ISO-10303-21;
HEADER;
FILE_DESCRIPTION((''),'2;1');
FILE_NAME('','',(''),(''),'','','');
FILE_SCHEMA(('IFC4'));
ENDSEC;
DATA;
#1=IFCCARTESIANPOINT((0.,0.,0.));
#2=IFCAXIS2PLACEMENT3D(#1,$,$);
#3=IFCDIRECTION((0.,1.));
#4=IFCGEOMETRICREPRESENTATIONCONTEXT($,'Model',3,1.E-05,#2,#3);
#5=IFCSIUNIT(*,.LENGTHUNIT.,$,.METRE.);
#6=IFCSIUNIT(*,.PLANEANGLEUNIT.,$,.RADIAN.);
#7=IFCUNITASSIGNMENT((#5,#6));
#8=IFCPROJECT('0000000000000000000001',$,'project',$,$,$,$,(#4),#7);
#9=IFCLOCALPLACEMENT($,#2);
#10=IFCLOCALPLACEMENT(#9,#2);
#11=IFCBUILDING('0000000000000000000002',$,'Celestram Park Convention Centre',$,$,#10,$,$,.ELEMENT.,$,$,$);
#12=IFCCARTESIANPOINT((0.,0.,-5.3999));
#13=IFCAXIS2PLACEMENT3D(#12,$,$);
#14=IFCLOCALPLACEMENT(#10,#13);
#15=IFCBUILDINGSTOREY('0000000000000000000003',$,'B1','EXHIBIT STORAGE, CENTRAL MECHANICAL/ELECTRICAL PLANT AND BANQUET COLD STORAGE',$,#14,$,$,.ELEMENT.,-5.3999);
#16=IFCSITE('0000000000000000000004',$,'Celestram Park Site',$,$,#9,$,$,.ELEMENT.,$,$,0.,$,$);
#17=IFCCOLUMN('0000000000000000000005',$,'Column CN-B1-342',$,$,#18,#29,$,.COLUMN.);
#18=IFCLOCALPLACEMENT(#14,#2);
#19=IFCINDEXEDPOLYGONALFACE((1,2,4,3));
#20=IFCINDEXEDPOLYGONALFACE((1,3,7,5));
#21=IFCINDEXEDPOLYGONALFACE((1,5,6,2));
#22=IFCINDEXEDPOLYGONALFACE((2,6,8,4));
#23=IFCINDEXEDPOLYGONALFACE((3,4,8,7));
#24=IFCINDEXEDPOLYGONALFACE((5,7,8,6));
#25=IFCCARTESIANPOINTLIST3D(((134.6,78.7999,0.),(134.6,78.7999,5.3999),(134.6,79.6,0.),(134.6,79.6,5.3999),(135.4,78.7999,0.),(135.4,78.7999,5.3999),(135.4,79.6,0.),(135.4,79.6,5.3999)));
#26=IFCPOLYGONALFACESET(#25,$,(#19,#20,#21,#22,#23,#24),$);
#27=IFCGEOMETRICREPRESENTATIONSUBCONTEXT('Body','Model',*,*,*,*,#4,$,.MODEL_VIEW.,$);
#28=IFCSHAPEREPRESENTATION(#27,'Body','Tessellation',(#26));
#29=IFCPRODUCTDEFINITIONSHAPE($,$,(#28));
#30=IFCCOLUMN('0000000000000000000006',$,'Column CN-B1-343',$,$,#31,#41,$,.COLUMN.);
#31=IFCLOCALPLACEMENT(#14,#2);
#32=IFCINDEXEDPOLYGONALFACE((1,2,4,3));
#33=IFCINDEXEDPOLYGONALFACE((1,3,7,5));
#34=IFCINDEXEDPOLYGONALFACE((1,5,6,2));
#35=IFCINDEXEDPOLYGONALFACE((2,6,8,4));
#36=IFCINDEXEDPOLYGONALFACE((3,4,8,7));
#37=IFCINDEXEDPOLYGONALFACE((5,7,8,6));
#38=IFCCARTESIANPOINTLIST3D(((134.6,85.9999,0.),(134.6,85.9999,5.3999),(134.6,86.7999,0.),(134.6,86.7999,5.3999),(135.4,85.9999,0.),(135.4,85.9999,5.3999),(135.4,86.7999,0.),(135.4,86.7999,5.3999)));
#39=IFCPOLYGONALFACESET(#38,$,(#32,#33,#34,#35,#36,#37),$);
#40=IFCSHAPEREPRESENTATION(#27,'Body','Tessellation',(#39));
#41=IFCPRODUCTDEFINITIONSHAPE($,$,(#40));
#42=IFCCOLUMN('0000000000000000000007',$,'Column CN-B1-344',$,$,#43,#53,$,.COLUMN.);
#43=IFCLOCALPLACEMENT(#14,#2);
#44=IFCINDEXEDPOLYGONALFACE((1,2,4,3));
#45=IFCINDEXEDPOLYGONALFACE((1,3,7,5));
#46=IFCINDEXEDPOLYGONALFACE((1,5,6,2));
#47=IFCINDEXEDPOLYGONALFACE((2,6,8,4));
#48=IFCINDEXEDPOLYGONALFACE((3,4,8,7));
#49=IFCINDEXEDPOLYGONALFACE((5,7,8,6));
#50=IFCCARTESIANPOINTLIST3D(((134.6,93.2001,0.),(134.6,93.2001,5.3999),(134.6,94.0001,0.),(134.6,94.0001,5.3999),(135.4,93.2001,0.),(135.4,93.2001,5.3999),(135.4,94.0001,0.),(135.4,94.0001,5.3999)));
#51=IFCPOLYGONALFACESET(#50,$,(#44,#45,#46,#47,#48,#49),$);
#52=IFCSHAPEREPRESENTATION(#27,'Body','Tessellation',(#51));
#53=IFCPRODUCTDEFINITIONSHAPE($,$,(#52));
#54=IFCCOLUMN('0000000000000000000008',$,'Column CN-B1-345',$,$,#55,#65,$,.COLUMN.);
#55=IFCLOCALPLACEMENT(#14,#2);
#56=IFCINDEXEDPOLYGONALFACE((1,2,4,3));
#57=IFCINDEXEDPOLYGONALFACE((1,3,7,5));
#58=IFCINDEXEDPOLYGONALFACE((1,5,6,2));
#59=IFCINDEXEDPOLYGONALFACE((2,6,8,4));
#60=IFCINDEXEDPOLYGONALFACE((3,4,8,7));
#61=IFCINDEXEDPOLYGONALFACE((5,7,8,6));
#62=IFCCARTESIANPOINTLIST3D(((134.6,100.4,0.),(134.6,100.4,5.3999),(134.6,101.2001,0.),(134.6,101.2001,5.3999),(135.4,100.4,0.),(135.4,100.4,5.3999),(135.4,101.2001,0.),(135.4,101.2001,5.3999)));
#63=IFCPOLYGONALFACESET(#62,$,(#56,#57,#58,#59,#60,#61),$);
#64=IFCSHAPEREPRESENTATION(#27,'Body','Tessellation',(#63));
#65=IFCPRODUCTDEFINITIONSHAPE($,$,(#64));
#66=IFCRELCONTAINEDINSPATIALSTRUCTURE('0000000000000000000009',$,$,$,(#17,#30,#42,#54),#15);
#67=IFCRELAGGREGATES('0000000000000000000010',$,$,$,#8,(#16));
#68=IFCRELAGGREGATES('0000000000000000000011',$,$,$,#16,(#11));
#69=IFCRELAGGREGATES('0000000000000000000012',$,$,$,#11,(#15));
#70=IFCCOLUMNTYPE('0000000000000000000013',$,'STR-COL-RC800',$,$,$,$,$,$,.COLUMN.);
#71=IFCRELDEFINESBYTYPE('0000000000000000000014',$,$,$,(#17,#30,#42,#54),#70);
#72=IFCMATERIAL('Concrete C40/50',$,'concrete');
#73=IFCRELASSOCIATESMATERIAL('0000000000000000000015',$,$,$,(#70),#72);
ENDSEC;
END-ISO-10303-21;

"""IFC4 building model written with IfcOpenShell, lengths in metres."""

from ifc_helpers import new_model, si_unit, direction, frame, origin, origin_2d, place, context, subcontext, project, spatial, rectangle, extrude, material, material_profile, profile_set, type_object, element, save


model = new_model("IFC4")

# Units and contexts
model_context = context("Model", 3, precision=1e-05, world=origin(), true_north=direction((0.0, 1.0)))
body_context = subcontext(model_context, "Body", "Model", "MODEL_VIEW")
ifc_project = project(units=[si_unit("LENGTHUNIT", "METRE"), si_unit("PLANEANGLEUNIT", "RADIAN")], contexts=[model_context])

# Site, building, storey
site_placement = place(None, origin())
site = spatial("IfcSite", under=ifc_project, at=site_placement, Name="Celestram Park Site", CompositionType="ELEMENT", RefElevation=0.0)
building_placement = place(site_placement, origin())
building = spatial("IfcBuilding", under=site, at=building_placement, Name="Celestram Park Convention Centre", CompositionType="ELEMENT")
storey_placement = place(building_placement, frame((0.0, 0.0, -5.3999)))
storey = spatial("IfcBuildingStorey", under=building, at=storey_placement, Name="B1", Description="EXHIBIT STORAGE, CENTRAL MECHANICAL/ELECTRICAL PLANT AND BANQUET COLD STORAGE", CompositionType="ELEMENT", Elevation=-5.3999)

# Shared definitions
ifc_material_1 = material(Name="Concrete C40/50", Category="concrete")

# Columns
ifc_material_profile_1 = material_profile(ifc_material_1, rectangle(XDim=0.8, YDim=0.8, at=origin_2d()), Name="RC800X800")
ifc_profile_set_1 = profile_set([ifc_material_profile_1], Name="Concrete C40/50")
column_type = type_object("IfcColumnType", Name="STR-COL-RC800", PredefinedType="COLUMN", material=ifc_profile_set_1)
for number, where, z_axis, x_axis, name in (
    (1, (135.0, 79.2, 0.0), (0.0, 0.0, 1.0), (1.0, 0.0, 0.0), "Column CN-B1-342"),
    (2, (135.0, 86.3999, 0.0), (0.0, 0.0, 1.0), (1.0, 0.0, 0.0), "Column CN-B1-343"),
    (3, (135.0, 93.6001, 0.0), (0.0, 0.0, 1.0), (1.0, 0.0, 0.0), "Column CN-B1-344"),
    (4, (135.0, 100.8, 0.0), (0.0, 0.0, 1.0), (1.0, 0.0, 0.0), "Column CN-B1-345"),
):
    element("IfcColumn", number, at=place(storey_placement, frame(where, z_axis=z_axis, x_axis=x_axis)), inside=storey, type_object=column_type, Name=name, PredefinedType="COLUMN", context=body_context, shape_type="SweptSolid", body=[
        extrude(rectangle(XDim=0.8, YDim=0.8, at=origin_2d()), origin(), (0.0, 0.0, 1.0), 5.3999),
    ])

save(model, "model.ifc")
